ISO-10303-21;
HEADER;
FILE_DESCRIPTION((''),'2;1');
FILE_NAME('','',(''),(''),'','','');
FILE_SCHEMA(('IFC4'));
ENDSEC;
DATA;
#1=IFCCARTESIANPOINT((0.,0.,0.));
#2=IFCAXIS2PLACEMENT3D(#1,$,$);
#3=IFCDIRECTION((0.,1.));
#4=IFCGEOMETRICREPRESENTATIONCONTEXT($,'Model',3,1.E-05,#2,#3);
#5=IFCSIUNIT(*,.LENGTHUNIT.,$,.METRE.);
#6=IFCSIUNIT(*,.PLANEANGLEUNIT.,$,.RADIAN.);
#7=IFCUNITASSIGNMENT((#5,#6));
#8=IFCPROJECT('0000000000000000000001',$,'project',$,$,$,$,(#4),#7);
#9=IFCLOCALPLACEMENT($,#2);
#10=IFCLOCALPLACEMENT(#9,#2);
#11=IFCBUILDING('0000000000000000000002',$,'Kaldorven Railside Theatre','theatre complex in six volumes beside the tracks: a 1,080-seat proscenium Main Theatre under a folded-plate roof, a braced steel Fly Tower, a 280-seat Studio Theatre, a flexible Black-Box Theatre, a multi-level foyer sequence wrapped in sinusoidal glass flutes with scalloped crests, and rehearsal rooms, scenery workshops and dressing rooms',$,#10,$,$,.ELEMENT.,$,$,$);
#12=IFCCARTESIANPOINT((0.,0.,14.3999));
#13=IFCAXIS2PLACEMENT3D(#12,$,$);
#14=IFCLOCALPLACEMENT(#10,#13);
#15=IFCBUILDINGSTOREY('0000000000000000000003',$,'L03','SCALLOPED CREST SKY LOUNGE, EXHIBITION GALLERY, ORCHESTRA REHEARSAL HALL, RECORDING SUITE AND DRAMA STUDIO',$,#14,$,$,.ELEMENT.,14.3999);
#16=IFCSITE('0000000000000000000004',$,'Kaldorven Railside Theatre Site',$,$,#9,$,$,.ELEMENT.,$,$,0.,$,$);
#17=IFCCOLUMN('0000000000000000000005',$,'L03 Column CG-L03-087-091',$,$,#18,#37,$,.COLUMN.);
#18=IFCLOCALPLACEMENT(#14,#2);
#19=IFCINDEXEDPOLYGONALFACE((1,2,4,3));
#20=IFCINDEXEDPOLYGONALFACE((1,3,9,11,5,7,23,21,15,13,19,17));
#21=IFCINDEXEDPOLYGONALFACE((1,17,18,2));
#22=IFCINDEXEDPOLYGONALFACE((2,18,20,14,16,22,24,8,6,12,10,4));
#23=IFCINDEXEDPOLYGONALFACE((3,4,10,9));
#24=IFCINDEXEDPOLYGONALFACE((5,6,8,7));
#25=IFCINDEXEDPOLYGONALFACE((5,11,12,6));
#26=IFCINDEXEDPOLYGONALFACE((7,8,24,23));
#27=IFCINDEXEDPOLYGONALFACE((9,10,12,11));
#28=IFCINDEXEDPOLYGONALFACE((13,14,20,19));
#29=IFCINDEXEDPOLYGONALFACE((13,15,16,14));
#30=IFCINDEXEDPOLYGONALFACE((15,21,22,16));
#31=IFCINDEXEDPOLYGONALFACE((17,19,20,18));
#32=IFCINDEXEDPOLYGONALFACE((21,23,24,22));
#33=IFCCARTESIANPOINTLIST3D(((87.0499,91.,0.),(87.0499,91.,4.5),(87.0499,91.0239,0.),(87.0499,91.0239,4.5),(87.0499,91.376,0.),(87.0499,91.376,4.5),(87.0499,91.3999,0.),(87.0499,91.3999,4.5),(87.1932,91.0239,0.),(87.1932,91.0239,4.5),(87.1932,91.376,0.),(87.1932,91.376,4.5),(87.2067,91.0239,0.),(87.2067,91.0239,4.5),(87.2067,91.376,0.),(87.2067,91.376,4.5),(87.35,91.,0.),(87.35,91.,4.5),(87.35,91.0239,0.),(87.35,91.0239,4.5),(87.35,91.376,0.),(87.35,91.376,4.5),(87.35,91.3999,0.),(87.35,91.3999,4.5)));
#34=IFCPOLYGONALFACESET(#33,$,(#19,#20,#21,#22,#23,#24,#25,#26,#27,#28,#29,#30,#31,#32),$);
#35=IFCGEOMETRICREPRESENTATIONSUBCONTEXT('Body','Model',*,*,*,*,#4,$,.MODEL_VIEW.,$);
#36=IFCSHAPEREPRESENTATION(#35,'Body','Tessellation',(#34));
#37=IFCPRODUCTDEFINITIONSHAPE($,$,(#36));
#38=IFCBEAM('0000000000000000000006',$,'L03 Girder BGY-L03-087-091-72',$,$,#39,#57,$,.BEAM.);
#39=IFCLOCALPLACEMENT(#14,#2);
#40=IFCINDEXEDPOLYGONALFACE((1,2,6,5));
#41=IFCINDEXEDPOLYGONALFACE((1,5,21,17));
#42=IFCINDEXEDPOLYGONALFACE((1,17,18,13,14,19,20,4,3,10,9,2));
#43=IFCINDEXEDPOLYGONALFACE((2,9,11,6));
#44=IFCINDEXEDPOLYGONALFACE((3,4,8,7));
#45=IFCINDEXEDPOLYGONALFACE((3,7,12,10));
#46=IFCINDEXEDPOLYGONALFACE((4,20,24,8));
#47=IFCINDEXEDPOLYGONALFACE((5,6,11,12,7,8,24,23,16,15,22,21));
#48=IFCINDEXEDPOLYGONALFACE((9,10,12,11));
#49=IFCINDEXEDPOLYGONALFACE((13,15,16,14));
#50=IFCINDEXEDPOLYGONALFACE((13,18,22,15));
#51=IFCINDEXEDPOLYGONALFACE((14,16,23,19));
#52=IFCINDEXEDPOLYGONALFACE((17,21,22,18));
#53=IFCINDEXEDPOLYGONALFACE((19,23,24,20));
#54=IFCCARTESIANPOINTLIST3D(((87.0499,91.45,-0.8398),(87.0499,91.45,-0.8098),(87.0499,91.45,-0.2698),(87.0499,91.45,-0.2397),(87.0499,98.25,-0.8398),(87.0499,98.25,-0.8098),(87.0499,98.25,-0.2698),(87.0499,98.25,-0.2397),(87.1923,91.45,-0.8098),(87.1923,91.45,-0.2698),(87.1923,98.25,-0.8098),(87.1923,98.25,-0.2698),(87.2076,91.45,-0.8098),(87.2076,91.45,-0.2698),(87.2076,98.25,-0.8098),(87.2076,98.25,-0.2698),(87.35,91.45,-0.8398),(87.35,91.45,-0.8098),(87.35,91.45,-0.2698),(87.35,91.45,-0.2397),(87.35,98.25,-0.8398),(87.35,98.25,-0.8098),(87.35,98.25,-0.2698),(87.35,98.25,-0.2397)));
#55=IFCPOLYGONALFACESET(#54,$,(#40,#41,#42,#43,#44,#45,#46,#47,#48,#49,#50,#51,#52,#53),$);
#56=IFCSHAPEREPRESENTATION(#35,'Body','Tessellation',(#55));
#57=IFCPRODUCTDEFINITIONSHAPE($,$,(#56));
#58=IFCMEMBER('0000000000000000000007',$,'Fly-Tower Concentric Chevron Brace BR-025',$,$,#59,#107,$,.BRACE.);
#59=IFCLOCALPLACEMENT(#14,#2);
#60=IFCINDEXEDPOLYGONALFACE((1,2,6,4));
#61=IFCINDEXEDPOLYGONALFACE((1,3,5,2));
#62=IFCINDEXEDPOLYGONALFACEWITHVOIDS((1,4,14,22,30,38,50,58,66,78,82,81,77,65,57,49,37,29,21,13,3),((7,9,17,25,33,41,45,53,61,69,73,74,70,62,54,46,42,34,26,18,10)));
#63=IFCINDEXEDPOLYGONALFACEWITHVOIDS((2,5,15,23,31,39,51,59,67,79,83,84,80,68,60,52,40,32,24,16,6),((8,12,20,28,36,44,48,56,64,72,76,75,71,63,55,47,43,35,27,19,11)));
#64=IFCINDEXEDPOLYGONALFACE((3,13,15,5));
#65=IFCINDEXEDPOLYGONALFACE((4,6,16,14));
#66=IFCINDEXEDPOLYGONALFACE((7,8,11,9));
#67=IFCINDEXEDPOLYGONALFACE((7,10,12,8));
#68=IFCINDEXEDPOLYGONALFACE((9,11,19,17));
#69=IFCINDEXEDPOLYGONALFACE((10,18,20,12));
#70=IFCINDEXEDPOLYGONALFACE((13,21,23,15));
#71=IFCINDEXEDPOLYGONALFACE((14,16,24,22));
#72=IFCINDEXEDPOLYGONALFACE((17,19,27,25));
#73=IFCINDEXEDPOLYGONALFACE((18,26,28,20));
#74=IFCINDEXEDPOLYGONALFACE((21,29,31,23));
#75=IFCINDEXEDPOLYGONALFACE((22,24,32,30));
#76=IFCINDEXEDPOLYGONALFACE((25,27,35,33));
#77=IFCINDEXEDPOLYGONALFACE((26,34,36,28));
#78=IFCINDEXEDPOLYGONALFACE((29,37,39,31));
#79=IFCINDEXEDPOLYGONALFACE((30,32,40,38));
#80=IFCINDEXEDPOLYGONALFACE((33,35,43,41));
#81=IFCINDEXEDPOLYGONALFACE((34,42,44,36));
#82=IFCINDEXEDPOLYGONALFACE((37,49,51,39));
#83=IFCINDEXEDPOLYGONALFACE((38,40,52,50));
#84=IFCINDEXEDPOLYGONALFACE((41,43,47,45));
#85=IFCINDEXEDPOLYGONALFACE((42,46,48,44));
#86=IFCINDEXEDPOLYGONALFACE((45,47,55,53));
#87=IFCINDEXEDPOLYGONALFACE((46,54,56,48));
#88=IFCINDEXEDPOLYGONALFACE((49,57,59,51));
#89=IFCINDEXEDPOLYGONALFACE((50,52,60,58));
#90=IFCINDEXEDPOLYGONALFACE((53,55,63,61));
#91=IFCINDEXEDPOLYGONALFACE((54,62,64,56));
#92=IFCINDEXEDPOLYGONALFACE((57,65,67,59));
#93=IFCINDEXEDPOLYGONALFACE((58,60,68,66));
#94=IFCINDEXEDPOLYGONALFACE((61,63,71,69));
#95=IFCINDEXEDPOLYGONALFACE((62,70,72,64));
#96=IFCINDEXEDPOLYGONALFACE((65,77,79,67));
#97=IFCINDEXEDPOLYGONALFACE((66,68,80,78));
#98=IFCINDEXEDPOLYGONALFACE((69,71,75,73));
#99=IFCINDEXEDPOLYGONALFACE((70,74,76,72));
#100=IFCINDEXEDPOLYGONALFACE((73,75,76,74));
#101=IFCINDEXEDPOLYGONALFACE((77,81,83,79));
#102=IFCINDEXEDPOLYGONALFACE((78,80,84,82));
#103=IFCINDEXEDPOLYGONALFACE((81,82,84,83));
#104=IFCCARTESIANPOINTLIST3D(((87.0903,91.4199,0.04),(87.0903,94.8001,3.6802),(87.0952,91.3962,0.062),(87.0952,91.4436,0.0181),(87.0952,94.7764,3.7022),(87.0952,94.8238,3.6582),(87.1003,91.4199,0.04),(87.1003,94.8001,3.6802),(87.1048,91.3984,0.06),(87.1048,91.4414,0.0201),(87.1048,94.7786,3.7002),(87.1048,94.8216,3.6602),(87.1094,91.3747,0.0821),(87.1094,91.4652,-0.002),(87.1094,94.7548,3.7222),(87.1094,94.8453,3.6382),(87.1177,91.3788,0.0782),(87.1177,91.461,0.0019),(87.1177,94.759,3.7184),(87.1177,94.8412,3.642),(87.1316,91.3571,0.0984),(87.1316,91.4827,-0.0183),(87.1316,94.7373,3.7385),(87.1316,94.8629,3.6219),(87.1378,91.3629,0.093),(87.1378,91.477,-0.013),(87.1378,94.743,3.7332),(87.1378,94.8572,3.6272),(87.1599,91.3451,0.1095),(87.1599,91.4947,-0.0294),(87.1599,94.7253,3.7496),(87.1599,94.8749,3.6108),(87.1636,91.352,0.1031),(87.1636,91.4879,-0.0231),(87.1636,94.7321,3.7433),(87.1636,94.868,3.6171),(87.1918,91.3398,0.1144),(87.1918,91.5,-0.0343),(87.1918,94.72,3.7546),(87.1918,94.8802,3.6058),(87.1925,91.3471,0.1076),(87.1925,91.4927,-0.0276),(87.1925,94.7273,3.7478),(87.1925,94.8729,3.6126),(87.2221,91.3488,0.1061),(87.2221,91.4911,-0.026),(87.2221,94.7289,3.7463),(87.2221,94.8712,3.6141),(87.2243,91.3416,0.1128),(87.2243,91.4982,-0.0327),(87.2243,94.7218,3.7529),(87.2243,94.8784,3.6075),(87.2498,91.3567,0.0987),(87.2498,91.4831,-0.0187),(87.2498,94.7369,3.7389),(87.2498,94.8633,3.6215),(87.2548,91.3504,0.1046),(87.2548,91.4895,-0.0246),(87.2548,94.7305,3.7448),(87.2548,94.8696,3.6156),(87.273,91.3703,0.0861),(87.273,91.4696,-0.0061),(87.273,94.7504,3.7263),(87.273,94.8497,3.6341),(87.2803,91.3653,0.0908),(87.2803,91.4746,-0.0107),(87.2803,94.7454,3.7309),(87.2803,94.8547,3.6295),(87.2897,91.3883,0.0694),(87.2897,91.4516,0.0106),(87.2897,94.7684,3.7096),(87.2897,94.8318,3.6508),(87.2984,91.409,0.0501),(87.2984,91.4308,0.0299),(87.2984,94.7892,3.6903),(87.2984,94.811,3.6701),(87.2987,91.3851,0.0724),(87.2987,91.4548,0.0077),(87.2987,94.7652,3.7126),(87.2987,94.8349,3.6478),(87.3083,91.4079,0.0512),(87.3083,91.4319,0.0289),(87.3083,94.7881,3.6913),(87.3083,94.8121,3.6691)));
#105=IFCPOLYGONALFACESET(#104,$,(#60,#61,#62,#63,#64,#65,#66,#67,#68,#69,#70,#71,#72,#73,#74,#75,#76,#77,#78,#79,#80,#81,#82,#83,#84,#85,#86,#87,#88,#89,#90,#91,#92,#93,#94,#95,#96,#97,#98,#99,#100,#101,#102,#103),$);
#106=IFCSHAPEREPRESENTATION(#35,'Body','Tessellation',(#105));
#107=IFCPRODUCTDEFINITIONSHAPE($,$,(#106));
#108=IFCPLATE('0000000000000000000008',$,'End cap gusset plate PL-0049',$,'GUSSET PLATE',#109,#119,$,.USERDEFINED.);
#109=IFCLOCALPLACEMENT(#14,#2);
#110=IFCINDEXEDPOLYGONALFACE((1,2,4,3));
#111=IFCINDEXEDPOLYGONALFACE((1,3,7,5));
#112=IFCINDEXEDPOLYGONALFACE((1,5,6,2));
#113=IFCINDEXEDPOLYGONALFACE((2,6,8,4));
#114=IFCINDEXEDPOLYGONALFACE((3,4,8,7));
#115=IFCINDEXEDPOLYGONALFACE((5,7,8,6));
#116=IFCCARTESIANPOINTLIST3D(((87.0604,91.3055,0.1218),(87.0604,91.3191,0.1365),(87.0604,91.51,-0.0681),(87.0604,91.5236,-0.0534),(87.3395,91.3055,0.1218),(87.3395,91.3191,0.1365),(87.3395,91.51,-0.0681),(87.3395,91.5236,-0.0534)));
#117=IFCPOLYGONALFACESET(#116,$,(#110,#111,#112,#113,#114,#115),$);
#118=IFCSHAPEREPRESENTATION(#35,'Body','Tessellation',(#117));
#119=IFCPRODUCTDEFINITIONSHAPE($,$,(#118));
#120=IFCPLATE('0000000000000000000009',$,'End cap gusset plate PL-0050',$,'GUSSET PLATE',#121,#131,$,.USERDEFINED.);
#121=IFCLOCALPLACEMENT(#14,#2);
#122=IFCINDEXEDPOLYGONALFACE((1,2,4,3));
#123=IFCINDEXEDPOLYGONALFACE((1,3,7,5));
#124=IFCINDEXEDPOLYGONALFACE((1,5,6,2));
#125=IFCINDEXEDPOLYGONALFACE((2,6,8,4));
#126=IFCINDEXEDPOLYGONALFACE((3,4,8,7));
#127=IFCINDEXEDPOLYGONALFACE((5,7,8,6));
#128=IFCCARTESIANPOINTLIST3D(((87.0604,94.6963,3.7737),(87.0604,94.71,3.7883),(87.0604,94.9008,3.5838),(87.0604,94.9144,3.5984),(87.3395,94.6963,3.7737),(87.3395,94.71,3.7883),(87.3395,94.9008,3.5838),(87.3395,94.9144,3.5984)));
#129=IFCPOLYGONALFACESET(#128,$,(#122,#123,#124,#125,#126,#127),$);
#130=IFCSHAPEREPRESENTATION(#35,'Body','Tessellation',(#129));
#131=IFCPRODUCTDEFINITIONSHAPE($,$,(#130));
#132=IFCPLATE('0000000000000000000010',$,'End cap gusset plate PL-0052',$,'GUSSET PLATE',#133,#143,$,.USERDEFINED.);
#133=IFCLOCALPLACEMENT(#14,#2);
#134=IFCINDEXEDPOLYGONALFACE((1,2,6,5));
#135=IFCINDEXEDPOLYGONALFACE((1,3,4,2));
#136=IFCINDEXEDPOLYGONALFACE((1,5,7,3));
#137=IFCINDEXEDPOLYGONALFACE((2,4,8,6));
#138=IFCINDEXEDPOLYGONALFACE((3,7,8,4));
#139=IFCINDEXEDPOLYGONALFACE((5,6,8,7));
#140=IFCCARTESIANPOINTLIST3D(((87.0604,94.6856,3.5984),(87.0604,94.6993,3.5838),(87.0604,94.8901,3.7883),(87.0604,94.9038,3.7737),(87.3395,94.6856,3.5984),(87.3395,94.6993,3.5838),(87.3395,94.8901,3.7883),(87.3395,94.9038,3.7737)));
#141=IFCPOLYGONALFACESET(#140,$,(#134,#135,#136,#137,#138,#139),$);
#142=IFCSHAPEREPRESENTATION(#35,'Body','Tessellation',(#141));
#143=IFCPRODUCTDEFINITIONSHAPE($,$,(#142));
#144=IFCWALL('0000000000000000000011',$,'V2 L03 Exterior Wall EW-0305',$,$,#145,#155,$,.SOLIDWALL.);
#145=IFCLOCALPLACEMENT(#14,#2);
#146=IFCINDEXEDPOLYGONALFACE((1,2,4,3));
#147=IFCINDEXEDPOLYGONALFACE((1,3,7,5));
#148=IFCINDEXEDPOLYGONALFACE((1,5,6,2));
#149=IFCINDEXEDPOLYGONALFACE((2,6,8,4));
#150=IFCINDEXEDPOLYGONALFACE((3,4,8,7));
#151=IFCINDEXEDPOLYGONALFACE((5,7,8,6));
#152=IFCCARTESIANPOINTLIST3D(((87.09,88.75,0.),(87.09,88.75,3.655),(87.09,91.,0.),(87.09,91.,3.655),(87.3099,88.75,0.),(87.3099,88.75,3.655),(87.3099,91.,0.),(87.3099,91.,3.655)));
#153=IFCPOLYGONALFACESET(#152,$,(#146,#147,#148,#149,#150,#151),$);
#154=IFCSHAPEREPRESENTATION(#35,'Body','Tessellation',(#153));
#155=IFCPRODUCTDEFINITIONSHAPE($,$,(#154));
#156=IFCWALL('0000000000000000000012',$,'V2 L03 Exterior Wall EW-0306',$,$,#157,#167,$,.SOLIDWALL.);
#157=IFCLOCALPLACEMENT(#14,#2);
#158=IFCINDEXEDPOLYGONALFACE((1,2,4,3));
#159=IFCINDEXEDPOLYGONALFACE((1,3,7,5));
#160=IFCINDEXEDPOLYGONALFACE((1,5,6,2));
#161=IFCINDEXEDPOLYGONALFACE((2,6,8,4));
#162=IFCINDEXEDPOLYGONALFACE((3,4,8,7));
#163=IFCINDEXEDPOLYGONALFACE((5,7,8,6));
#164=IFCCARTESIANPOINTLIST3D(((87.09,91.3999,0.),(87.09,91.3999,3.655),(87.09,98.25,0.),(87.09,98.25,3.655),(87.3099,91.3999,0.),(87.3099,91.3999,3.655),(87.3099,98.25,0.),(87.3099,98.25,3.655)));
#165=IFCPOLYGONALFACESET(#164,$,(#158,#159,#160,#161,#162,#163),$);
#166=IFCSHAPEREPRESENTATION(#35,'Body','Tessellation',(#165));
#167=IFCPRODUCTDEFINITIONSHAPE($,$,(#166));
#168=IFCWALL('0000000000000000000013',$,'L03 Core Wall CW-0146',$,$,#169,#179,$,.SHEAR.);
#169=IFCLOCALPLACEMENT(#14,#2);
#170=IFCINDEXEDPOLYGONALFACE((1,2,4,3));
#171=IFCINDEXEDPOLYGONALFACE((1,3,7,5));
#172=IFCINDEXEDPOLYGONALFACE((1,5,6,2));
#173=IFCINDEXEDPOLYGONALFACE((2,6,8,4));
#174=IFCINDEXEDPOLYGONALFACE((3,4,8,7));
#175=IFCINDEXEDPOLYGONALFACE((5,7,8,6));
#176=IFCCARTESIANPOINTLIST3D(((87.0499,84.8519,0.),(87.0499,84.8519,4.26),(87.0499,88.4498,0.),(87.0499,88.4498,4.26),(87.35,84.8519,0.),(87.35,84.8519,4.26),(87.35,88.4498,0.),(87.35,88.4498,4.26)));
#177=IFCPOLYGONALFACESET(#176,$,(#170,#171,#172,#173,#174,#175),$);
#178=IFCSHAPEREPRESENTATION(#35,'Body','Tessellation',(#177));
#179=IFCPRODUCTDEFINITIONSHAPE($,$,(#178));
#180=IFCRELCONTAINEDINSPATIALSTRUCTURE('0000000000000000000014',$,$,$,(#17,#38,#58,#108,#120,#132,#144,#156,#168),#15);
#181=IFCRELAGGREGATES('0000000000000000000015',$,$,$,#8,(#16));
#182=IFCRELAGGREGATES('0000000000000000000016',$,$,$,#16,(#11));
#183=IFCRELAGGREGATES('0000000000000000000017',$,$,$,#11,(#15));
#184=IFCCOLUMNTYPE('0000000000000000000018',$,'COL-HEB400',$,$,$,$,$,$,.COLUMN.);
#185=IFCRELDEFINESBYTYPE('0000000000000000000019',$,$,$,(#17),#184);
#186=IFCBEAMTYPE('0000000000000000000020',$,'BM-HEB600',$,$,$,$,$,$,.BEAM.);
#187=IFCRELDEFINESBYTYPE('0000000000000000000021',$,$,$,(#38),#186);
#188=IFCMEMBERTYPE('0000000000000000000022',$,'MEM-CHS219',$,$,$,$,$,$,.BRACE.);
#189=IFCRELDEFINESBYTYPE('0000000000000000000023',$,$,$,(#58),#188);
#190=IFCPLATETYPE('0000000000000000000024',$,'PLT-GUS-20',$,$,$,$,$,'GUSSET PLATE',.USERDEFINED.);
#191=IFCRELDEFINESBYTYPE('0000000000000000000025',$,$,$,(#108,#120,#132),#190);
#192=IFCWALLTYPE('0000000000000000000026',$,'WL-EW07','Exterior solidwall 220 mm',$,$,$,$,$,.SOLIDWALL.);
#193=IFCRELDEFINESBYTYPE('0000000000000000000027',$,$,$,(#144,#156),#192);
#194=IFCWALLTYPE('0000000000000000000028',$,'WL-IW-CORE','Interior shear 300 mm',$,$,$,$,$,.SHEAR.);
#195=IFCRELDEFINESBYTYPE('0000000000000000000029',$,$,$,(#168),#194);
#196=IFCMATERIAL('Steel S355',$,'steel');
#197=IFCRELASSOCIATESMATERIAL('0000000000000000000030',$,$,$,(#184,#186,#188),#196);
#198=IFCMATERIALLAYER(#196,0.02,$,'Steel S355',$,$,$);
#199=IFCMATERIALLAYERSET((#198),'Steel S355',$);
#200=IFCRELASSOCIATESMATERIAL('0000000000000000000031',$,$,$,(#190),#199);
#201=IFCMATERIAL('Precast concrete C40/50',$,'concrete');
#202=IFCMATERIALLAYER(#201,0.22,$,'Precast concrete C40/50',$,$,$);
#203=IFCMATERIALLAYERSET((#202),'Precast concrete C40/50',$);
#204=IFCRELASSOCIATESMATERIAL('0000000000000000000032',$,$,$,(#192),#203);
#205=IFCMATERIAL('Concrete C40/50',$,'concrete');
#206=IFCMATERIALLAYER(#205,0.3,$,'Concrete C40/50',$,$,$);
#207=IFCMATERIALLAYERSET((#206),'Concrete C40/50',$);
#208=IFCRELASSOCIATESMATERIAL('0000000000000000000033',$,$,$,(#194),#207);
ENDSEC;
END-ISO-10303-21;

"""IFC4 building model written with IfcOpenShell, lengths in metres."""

from ifc_helpers import new_model, si_unit, direction, frame, frame_2d, origin, origin_2d, place, context, subcontext, project, spatial, rectangle, hollow_circle, i_section, extrude, material, layer, layer_set, material_profile, profile_set, type_object, element, save


model = new_model("IFC4")

# Units and contexts
model_context = context("Model", 3, precision=1e-05, world=origin(), true_north=direction((0.0, 1.0)))
body_context = subcontext(model_context, "Body", "Model", "MODEL_VIEW")
ifc_project = project(units=[si_unit("LENGTHUNIT", "METRE"), si_unit("PLANEANGLEUNIT", "RADIAN")], contexts=[model_context])

# Site, building, storey
site_placement = place(None, origin())
site = spatial("IfcSite", under=ifc_project, at=site_placement, Name="Kaldorven Railside Theatre Site", CompositionType="ELEMENT", RefElevation=0.0)
building_placement = place(site_placement, origin())
building = spatial("IfcBuilding", under=site, at=building_placement, Name="Kaldorven Railside Theatre", Description="theatre complex in six volumes beside the tracks: a 1,080-seat proscenium Main Theatre under a folded-plate roof, a braced steel Fly Tower, a 280-seat Studio Theatre, a flexible Black-Box Theatre, a multi-level foyer sequence wrapped in sinusoidal glass flutes with scalloped crests, and rehearsal rooms, scenery workshops and dressing rooms", CompositionType="ELEMENT")
storey_placement = place(building_placement, frame((0.0, 0.0, 14.3999)))
storey = spatial("IfcBuildingStorey", under=building, at=storey_placement, Name="L03", Description="SCALLOPED CREST SKY LOUNGE, EXHIBITION GALLERY, ORCHESTRA REHEARSAL HALL, RECORDING SUITE AND DRAMA STUDIO", CompositionType="ELEMENT", Elevation=14.3999)

# Column
ifc_material_1 = material(Name="Steel S355", Category="steel")
ifc_material_profile_1 = material_profile(ifc_material_1, i_section(OverallWidth=0.3, OverallDepth=0.3999, WebThickness=0.0134, FlangeThickness=0.0239, at=origin_2d()), Name="HEB 400")
ifc_profile_set_1 = profile_set([ifc_material_profile_1], Name="Steel S355")
column_type = type_object("IfcColumnType", Name="COL-HEB400", PredefinedType="COLUMN", material=ifc_profile_set_1)
column_placement = place(storey_placement, frame((87.2, 91.2, 0.0), z_axis=(0.0, 0.0, 1.0), x_axis=(1.0, 0.0, 0.0)))
element("IfcColumn", 1, at=column_placement, inside=storey, type_object=column_type, Name="L03 Column CG-L03-087-091", PredefinedType="COLUMN", context=body_context, shape_type="SweptSolid", body=[
    extrude(i_section(OverallWidth=0.3, OverallDepth=0.3999, WebThickness=0.0134, FlangeThickness=0.0239, at=origin_2d()), origin(), (0.0, 0.0, 1.0), 4.5),
])

# Beam
ifc_material_profile_2 = material_profile(ifc_material_1, i_section(OverallWidth=0.3, OverallDepth=0.6001, WebThickness=0.0154, FlangeThickness=0.03, at=origin_2d()), Name="HEB 600")
ifc_profile_set_2 = profile_set([ifc_material_profile_2], Name="Steel S355")
beam_type = type_object("IfcBeamType", Name="BM-HEB600", PredefinedType="BEAM", material=ifc_profile_set_2)
beam_placement = place(storey_placement, frame((87.2, 91.45, -0.5398), z_axis=(0.0, 1.0, 0.0), x_axis=(-1.0, 0.0, 0.0)))
element("IfcBeam", 2, at=beam_placement, inside=storey, type_object=beam_type, Name="L03 Girder BGY-L03-087-091-72", PredefinedType="BEAM", context=body_context, shape_type="SweptSolid", body=[
    extrude(i_section(OverallWidth=0.3, OverallDepth=0.6001, WebThickness=0.0154, FlangeThickness=0.03, at=origin_2d()), origin(), (0.0, 0.0, 1.0), 6.8),
])

# Member
ifc_material_profile_3 = material_profile(ifc_material_1, hollow_circle(Radius=0.1096, WallThickness=0.01, at=origin_2d()), Name="CHS 219.1x10")
ifc_profile_set_3 = profile_set([ifc_material_profile_3], Name="Steel S355")
member_type = type_object("IfcMemberType", Name="MEM-CHS219", PredefinedType="BRACE", material=ifc_profile_set_3)
member_placement = place(storey_placement, frame((87.2, 91.4199, 0.04), z_axis=(0.0, 0.680451, 0.732793), x_axis=(-1.0, 0.0, 0.0)))
element("IfcMember", 3, at=member_placement, inside=storey, type_object=member_type, Name="Fly-Tower Concentric Chevron Brace BR-025", PredefinedType="BRACE", context=body_context, shape_type="SweptSolid", body=[
    extrude(hollow_circle(Radius=0.1096, WallThickness=0.01, at=origin_2d()), origin(), (0.0, 0.0, 1.0), 4.9675),
])

# Plates
ifc_layer_1 = layer(ifc_material_1, 0.02, Name="Steel S355")
ifc_layer_set_1 = layer_set([ifc_layer_1], Name="Steel S355")
plate_type = type_object("IfcPlateType", Name="PLT-GUS-20", ElementType="GUSSET PLATE", PredefinedType="USERDEFINED", material=ifc_layer_set_1)
for number, where, z_axis, x_axis, name in (
    (4, (87.2, 91.4077, 0.0269), (0.0, 0.680465, 0.73278), (-1.0, 0.0, 0.0), "End cap gusset plate PL-0049"),
    (5, (87.2, 94.7986, 3.6787), (0.0, 0.680465, 0.73278), (-1.0, 0.0, 0.0), "End cap gusset plate PL-0050"),
    (6, (87.2, 94.8015, 3.6787), (0.0, -0.680465, 0.73278), (1.0, 0.0, 0.0), "End cap gusset plate PL-0052"),
):
    element("IfcPlate", number, at=place(storey_placement, frame(where, z_axis=z_axis, x_axis=x_axis)), inside=storey, type_object=plate_type, Name=name, ObjectType="GUSSET PLATE", PredefinedType="USERDEFINED", context=body_context, shape_type="SweptSolid", body=[
        extrude(rectangle(XDim=0.2791, YDim=0.2791, at=origin_2d()), origin(), (0.0, 0.0, 1.0), 0.02),
    ])

# Walls
ifc_material_2 = material(Name="Precast concrete C40/50", Category="concrete")
ifc_layer_2 = layer(ifc_material_2, 0.22, Name="Precast concrete C40/50")
ifc_layer_set_2 = layer_set([ifc_layer_2], Name="Precast concrete C40/50")
wall_type_1 = type_object("IfcWallType", Name="WL-EW07", Description="Exterior solidwall 220 mm", PredefinedType="SOLIDWALL", material=ifc_layer_set_2)
wall_1_placement = place(storey_placement, frame((87.2, 88.75, 0.0), z_axis=(0.0, 0.0, 1.0), x_axis=(0.0, 1.0, 0.0)))
element("IfcWall", 7, at=wall_1_placement, inside=storey, type_object=wall_type_1, Name="V2 L03 Exterior Wall EW-0305", PredefinedType="SOLIDWALL", context=body_context, shape_type="SweptSolid", body=[
    extrude(rectangle(XDim=2.25, YDim=0.22, at=frame_2d((1.125, 0.0))), origin(), (0.0, 0.0, 1.0), 3.655),
])
wall_2_placement = place(storey_placement, frame((87.2, 91.3999, 0.0), z_axis=(0.0, 0.0, 1.0), x_axis=(0.0, 1.0, 0.0)))
element("IfcWall", 8, at=wall_2_placement, inside=storey, type_object=wall_type_1, Name="V2 L03 Exterior Wall EW-0306", PredefinedType="SOLIDWALL", context=body_context, shape_type="SweptSolid", body=[
    extrude(rectangle(XDim=6.8501, YDim=0.22, at=frame_2d((3.425, 0.0))), origin(), (0.0, 0.0, 1.0), 3.655),
])
ifc_material_3 = material(Name="Concrete C40/50", Category="concrete")
ifc_layer_3 = layer(ifc_material_3, 0.3, Name="Concrete C40/50")
ifc_layer_set_3 = layer_set([ifc_layer_3], Name="Concrete C40/50")
wall_type_2 = type_object("IfcWallType", Name="WL-IW-CORE", Description="Interior shear 300 mm", PredefinedType="SHEAR", material=ifc_layer_set_3)
wall_3_placement = place(storey_placement, frame((87.2, 84.8521, 0.0), z_axis=(0.0, 0.0, 1.0), x_axis=(0.0, 1.0, 0.0)))
element("IfcWall", 9, at=wall_3_placement, inside=storey, type_object=wall_type_2, Name="L03 Core Wall CW-0146", PredefinedType="SHEAR", context=body_context, shape_type="SweptSolid", body=[
    extrude(rectangle(XDim=3.5979, YDim=0.3, at=frame_2d((1.7988, 0.0))), origin(), (0.0, 0.0, 1.0), 4.26),
])

save(model, "model.ifc")
